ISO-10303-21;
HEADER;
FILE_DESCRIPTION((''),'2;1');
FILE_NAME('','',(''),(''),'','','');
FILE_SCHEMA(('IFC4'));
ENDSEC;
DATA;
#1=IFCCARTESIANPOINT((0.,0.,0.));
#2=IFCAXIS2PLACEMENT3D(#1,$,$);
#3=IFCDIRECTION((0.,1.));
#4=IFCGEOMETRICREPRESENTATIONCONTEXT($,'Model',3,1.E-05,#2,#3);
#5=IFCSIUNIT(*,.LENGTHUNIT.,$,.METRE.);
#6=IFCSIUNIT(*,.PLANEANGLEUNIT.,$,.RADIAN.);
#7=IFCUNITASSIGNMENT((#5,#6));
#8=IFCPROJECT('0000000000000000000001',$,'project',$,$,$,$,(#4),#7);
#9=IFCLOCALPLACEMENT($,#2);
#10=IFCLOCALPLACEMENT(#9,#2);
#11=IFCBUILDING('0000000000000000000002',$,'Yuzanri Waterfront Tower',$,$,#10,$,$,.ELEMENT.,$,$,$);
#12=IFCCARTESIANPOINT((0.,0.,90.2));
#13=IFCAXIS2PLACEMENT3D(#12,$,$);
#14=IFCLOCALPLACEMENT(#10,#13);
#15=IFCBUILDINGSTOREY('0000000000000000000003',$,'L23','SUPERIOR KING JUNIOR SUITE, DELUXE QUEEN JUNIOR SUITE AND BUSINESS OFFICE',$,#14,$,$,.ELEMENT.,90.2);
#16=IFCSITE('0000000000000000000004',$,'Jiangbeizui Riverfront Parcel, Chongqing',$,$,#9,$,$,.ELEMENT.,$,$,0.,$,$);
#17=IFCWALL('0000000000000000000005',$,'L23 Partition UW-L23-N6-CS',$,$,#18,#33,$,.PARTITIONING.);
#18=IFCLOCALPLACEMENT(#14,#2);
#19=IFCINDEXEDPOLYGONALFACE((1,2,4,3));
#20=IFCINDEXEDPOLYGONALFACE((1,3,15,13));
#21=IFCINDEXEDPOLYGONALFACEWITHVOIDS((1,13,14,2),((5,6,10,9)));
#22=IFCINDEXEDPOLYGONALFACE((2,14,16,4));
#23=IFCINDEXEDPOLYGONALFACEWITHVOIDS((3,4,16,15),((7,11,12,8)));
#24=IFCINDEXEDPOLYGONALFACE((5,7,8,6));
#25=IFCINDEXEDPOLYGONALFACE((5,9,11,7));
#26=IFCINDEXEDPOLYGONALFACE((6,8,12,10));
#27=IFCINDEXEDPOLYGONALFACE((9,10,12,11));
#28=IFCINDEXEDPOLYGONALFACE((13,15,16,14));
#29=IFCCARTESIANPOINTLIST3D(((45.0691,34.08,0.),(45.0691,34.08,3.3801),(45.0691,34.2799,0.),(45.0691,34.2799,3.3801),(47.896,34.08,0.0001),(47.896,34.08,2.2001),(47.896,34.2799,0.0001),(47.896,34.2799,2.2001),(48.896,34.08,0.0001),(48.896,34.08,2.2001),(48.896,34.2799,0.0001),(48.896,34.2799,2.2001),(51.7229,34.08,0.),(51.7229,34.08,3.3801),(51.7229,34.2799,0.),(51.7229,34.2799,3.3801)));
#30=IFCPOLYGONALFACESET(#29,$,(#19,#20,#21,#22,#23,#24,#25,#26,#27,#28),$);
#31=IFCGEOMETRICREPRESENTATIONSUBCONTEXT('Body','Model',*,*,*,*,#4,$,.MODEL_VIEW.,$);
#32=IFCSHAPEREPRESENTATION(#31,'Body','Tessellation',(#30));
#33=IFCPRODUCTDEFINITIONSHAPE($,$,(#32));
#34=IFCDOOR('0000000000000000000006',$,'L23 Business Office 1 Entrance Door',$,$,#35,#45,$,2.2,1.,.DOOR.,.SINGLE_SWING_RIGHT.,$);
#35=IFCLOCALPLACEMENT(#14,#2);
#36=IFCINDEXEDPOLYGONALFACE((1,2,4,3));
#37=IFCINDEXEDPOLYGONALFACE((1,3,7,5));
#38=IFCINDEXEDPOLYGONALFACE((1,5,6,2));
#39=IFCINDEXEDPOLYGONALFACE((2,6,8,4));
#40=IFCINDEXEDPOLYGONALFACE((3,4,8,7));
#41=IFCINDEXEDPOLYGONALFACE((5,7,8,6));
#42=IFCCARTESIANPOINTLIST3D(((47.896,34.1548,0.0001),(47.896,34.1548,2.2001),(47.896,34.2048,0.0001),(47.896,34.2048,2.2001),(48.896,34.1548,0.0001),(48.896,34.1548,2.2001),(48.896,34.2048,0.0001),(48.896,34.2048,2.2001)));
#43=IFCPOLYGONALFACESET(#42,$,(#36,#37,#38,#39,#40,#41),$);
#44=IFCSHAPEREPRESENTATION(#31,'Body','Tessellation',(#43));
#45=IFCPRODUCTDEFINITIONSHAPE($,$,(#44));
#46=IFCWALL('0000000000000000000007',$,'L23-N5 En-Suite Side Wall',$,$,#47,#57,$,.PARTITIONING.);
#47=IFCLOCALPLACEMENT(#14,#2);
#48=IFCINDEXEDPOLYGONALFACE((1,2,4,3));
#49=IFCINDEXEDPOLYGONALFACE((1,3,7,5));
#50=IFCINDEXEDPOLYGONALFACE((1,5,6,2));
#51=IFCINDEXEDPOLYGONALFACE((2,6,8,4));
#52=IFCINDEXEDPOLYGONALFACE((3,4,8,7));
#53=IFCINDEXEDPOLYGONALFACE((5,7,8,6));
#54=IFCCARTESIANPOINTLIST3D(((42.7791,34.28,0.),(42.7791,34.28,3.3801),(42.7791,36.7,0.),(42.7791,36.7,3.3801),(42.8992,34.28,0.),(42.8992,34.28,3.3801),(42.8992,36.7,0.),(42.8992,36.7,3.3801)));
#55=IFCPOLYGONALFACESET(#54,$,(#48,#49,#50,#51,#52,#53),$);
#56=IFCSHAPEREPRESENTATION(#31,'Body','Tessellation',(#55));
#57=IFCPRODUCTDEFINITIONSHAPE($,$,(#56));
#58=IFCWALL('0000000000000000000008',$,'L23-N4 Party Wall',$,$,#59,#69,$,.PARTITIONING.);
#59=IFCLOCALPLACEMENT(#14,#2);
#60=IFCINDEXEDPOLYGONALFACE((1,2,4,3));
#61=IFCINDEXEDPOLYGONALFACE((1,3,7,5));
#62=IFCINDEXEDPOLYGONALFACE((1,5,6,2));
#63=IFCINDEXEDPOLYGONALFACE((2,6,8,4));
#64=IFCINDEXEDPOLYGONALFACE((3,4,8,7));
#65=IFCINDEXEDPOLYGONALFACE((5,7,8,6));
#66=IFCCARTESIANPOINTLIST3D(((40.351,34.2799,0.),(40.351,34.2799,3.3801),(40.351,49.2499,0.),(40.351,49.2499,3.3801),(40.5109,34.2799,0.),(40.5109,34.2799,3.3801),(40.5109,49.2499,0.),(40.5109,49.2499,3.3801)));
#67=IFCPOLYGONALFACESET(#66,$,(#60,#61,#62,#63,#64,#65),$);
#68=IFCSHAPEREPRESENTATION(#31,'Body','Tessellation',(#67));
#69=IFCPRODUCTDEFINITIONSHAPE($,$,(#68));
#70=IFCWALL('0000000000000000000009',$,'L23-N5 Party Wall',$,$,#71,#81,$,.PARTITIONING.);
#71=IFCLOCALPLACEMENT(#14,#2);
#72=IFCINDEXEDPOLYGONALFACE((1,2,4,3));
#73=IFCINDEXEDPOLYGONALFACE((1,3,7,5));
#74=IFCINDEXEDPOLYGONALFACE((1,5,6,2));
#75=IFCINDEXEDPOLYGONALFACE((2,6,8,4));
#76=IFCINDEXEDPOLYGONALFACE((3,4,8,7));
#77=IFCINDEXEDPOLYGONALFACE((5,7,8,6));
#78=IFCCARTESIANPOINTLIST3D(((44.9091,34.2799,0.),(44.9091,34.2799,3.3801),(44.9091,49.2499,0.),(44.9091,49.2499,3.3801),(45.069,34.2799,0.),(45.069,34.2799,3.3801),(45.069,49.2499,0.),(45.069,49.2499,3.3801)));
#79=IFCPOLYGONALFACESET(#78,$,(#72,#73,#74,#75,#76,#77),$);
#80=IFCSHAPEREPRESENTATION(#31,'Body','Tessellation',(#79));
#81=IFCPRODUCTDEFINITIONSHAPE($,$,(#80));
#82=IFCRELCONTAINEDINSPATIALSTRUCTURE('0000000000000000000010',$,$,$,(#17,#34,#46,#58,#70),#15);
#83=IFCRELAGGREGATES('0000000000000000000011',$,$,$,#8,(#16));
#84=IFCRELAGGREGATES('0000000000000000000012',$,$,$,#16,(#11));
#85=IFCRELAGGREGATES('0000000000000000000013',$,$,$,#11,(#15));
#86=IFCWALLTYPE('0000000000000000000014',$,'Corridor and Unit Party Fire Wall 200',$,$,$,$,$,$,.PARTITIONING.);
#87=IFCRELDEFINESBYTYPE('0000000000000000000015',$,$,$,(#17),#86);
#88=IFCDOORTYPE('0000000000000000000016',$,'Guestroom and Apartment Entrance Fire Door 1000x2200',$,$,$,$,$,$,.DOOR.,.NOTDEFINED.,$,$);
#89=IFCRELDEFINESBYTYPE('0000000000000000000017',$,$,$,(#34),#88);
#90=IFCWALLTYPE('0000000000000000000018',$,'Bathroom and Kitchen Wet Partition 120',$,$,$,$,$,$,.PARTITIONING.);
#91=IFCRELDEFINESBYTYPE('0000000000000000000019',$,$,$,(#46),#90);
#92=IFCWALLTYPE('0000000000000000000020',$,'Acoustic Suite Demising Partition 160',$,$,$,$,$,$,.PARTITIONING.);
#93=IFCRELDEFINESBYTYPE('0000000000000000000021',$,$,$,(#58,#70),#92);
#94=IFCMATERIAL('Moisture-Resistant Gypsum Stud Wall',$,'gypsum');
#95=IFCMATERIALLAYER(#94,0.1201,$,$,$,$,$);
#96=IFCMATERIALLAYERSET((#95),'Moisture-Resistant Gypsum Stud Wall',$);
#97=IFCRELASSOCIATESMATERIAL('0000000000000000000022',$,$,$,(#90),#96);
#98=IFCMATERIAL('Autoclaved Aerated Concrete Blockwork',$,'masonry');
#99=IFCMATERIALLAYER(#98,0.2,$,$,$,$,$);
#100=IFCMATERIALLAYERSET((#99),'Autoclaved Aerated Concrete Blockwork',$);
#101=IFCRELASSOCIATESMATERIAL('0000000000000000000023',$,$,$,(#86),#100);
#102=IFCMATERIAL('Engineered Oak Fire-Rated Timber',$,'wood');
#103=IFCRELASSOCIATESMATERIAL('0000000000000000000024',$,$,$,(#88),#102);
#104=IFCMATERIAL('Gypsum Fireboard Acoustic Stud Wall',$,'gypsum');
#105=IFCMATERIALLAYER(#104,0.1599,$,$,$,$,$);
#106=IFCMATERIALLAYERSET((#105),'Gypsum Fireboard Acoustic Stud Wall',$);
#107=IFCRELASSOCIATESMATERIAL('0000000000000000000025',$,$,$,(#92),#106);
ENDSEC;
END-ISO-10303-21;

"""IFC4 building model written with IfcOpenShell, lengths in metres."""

from ifc_helpers import new_model, si_unit, direction, frame, frame_2d, origin, place, context, subcontext, project, spatial, rectangle, extrude, source, transform, mapped, material, layer, layer_set, type_object, element, fill, save


model = new_model("IFC4")

# Units and contexts
model_context = context("Model", 3, precision=1e-05, world=origin(), true_north=direction((0.0, 1.0)))
body_context = subcontext(model_context, "Body", "Model", "MODEL_VIEW")
ifc_project = project(units=[si_unit("LENGTHUNIT", "METRE"), si_unit("PLANEANGLEUNIT", "RADIAN")], contexts=[model_context])

# Site, building, storey
site_placement = place(None, origin())
site = spatial("IfcSite", under=ifc_project, at=site_placement, Name="Jiangbeizui Riverfront Parcel, Chongqing", CompositionType="ELEMENT", RefElevation=0.0)
building_placement = place(site_placement, origin())
building = spatial("IfcBuilding", under=site, at=building_placement, Name="Yuzanri Waterfront Tower", CompositionType="ELEMENT")
storey_placement = place(building_placement, frame((0.0, 0.0, 90.2)))
storey = spatial("IfcBuildingStorey", under=building, at=storey_placement, Name="L23", Description="SUPERIOR KING JUNIOR SUITE, DELUXE QUEEN JUNIOR SUITE AND BUSINESS OFFICE", CompositionType="ELEMENT", Elevation=90.2)

# Wall, opening, door
ifc_material_1 = material(Name="Moisture-Resistant Gypsum Stud Wall", Category="gypsum")
ifc_layer_1 = layer(ifc_material_1, 0.1201)
ifc_layer_set_1 = layer_set([ifc_layer_1], Name="Moisture-Resistant Gypsum Stud Wall")
wall_type_1 = type_object("IfcWallType", Name="Bathroom and Kitchen Wet Partition 120", PredefinedType="PARTITIONING", material=ifc_layer_set_1)
ifc_material_2 = material(Name="Autoclaved Aerated Concrete Blockwork", Category="masonry")
ifc_layer_2 = layer(ifc_material_2, 0.2)
ifc_layer_set_2 = layer_set([ifc_layer_2], Name="Autoclaved Aerated Concrete Blockwork")
wall_type_2 = type_object("IfcWallType", Name="Corridor and Unit Party Fire Wall 200", PredefinedType="PARTITIONING", material=ifc_layer_set_2)
ifc_material_3 = material(Name="Engineered Oak Fire-Rated Timber", Category="wood")
door_type_1 = type_object("IfcDoorType", Name="Guestroom and Apartment Entrance Fire Door 1000x2200", OperationType="NOTDEFINED", PredefinedType="DOOR", material=ifc_material_3)
shared_shape_1 = source(origin(), body_context, "Body", "SweptSolid", [
    extrude(rectangle(XDim=1.0, YDim=2.2, at=frame_2d((0.5, 1.1001))), frame((0.0, 0.0249, 0.0), z_axis=(0.0, -1.0, 0.0), x_axis=(1.0, 0.0, 0.0)), (0.0, 0.0, 1.0), 0.05),
])
wall_1_placement = place(storey_placement, frame((45.0691, 34.1799, 0.0), z_axis=(0.0, 0.0, 1.0), x_axis=(1.0, 0.0, 0.0)))
wall_1 = element("IfcWall", 1, at=wall_1_placement, inside=storey, type_object=wall_type_2, Name="L23 Partition UW-L23-N6-CS", PredefinedType="PARTITIONING", context=body_context, shape_type="SweptSolid", body=[
    extrude(rectangle(XDim=6.6538, YDim=0.2, at=frame_2d((3.3269, 0.0))), origin(), (0.0, 0.0, 1.0), 3.3801),
])
opening_1_placement = place(wall_1_placement, frame((2.8269, 0.0, 0.0)))
opening_1 = element("IfcOpeningElement", 2, at=opening_1_placement, cuts=wall_1, PredefinedType="OPENING", context=body_context, shape_type="SweptSolid", body=[
    extrude(rectangle(XDim=1.0, YDim=2.2, at=frame_2d((0.5, 1.1001))), frame((0.0, 0.1147, 0.0), z_axis=(0.0, -1.0, 0.0), x_axis=(1.0, 0.0, 0.0)), (0.0, 0.0, 1.0), 0.2297),
])
door_1_placement = place(opening_1_placement, origin())
door_1 = element("IfcDoor", 3, at=door_1_placement, inside=storey, type_object=door_type_1, Name="L23 Business Office 1 Entrance Door", OperationType="SINGLE_SWING_RIGHT", OverallHeight=2.2, OverallWidth=1.0, PredefinedType="DOOR", context=body_context, shape_type="MappedRepresentation", body=[
    mapped(shared_shape_1, transform((0.0, 0.0, 0.0), scale=1.0)),
])
fill(opening_1, door_1)

# Walls
shared_shape_2 = source(origin(), body_context, "Body", "SweptSolid", [
    extrude(rectangle(XDim=2.4199, YDim=0.1201, at=frame_2d((1.21, 0.0))), origin(), (0.0, 0.0, 1.0), 3.3801),
])
wall_2_placement = place(storey_placement, frame((42.8391, 34.28, 0.0), z_axis=(0.0, 0.0, 1.0), x_axis=(0.0, 1.0, 0.0)))
element("IfcWall", 4, at=wall_2_placement, inside=storey, type_object=wall_type_1, Name="L23-N5 En-Suite Side Wall", PredefinedType="PARTITIONING", context=body_context, shape_type="MappedRepresentation", body=[
    mapped(shared_shape_2, transform((0.0, 0.0, 0.0), scale=1.0)),
])
ifc_material_4 = material(Name="Gypsum Fireboard Acoustic Stud Wall", Category="gypsum")
ifc_layer_3 = layer(ifc_material_4, 0.1599)
ifc_layer_set_3 = layer_set([ifc_layer_3], Name="Gypsum Fireboard Acoustic Stud Wall")
wall_type_3 = type_object("IfcWallType", Name="Acoustic Suite Demising Partition 160", PredefinedType="PARTITIONING", material=ifc_layer_set_3)
shared_shape_3 = source(origin(), body_context, "Body", "SweptSolid", [
    extrude(rectangle(XDim=14.97, YDim=0.1599, at=frame_2d((7.4849, 0.0))), origin(), (0.0, 0.0, 1.0), 3.3801),
])
for number, where, z_axis, x_axis, name in (
    (5, (40.4309, 34.28, 0.0), (0.0, 0.0, 1.0), (0.0, 1.0, 0.0), "L23-N4 Party Wall"),
    (6, (44.989, 34.28, 0.0), (0.0, 0.0, 1.0), (0.0, 1.0, 0.0), "L23-N5 Party Wall"),
):
    element("IfcWall", number, at=place(storey_placement, frame(where, z_axis=z_axis, x_axis=x_axis)), inside=storey, type_object=wall_type_3, Name=name, PredefinedType="PARTITIONING", context=body_context, shape_type="MappedRepresentation", body=[
        mapped(shared_shape_3, transform((0.0, 0.0, 0.0), scale=1.0)),
    ])

save(model, "model.ifc")
